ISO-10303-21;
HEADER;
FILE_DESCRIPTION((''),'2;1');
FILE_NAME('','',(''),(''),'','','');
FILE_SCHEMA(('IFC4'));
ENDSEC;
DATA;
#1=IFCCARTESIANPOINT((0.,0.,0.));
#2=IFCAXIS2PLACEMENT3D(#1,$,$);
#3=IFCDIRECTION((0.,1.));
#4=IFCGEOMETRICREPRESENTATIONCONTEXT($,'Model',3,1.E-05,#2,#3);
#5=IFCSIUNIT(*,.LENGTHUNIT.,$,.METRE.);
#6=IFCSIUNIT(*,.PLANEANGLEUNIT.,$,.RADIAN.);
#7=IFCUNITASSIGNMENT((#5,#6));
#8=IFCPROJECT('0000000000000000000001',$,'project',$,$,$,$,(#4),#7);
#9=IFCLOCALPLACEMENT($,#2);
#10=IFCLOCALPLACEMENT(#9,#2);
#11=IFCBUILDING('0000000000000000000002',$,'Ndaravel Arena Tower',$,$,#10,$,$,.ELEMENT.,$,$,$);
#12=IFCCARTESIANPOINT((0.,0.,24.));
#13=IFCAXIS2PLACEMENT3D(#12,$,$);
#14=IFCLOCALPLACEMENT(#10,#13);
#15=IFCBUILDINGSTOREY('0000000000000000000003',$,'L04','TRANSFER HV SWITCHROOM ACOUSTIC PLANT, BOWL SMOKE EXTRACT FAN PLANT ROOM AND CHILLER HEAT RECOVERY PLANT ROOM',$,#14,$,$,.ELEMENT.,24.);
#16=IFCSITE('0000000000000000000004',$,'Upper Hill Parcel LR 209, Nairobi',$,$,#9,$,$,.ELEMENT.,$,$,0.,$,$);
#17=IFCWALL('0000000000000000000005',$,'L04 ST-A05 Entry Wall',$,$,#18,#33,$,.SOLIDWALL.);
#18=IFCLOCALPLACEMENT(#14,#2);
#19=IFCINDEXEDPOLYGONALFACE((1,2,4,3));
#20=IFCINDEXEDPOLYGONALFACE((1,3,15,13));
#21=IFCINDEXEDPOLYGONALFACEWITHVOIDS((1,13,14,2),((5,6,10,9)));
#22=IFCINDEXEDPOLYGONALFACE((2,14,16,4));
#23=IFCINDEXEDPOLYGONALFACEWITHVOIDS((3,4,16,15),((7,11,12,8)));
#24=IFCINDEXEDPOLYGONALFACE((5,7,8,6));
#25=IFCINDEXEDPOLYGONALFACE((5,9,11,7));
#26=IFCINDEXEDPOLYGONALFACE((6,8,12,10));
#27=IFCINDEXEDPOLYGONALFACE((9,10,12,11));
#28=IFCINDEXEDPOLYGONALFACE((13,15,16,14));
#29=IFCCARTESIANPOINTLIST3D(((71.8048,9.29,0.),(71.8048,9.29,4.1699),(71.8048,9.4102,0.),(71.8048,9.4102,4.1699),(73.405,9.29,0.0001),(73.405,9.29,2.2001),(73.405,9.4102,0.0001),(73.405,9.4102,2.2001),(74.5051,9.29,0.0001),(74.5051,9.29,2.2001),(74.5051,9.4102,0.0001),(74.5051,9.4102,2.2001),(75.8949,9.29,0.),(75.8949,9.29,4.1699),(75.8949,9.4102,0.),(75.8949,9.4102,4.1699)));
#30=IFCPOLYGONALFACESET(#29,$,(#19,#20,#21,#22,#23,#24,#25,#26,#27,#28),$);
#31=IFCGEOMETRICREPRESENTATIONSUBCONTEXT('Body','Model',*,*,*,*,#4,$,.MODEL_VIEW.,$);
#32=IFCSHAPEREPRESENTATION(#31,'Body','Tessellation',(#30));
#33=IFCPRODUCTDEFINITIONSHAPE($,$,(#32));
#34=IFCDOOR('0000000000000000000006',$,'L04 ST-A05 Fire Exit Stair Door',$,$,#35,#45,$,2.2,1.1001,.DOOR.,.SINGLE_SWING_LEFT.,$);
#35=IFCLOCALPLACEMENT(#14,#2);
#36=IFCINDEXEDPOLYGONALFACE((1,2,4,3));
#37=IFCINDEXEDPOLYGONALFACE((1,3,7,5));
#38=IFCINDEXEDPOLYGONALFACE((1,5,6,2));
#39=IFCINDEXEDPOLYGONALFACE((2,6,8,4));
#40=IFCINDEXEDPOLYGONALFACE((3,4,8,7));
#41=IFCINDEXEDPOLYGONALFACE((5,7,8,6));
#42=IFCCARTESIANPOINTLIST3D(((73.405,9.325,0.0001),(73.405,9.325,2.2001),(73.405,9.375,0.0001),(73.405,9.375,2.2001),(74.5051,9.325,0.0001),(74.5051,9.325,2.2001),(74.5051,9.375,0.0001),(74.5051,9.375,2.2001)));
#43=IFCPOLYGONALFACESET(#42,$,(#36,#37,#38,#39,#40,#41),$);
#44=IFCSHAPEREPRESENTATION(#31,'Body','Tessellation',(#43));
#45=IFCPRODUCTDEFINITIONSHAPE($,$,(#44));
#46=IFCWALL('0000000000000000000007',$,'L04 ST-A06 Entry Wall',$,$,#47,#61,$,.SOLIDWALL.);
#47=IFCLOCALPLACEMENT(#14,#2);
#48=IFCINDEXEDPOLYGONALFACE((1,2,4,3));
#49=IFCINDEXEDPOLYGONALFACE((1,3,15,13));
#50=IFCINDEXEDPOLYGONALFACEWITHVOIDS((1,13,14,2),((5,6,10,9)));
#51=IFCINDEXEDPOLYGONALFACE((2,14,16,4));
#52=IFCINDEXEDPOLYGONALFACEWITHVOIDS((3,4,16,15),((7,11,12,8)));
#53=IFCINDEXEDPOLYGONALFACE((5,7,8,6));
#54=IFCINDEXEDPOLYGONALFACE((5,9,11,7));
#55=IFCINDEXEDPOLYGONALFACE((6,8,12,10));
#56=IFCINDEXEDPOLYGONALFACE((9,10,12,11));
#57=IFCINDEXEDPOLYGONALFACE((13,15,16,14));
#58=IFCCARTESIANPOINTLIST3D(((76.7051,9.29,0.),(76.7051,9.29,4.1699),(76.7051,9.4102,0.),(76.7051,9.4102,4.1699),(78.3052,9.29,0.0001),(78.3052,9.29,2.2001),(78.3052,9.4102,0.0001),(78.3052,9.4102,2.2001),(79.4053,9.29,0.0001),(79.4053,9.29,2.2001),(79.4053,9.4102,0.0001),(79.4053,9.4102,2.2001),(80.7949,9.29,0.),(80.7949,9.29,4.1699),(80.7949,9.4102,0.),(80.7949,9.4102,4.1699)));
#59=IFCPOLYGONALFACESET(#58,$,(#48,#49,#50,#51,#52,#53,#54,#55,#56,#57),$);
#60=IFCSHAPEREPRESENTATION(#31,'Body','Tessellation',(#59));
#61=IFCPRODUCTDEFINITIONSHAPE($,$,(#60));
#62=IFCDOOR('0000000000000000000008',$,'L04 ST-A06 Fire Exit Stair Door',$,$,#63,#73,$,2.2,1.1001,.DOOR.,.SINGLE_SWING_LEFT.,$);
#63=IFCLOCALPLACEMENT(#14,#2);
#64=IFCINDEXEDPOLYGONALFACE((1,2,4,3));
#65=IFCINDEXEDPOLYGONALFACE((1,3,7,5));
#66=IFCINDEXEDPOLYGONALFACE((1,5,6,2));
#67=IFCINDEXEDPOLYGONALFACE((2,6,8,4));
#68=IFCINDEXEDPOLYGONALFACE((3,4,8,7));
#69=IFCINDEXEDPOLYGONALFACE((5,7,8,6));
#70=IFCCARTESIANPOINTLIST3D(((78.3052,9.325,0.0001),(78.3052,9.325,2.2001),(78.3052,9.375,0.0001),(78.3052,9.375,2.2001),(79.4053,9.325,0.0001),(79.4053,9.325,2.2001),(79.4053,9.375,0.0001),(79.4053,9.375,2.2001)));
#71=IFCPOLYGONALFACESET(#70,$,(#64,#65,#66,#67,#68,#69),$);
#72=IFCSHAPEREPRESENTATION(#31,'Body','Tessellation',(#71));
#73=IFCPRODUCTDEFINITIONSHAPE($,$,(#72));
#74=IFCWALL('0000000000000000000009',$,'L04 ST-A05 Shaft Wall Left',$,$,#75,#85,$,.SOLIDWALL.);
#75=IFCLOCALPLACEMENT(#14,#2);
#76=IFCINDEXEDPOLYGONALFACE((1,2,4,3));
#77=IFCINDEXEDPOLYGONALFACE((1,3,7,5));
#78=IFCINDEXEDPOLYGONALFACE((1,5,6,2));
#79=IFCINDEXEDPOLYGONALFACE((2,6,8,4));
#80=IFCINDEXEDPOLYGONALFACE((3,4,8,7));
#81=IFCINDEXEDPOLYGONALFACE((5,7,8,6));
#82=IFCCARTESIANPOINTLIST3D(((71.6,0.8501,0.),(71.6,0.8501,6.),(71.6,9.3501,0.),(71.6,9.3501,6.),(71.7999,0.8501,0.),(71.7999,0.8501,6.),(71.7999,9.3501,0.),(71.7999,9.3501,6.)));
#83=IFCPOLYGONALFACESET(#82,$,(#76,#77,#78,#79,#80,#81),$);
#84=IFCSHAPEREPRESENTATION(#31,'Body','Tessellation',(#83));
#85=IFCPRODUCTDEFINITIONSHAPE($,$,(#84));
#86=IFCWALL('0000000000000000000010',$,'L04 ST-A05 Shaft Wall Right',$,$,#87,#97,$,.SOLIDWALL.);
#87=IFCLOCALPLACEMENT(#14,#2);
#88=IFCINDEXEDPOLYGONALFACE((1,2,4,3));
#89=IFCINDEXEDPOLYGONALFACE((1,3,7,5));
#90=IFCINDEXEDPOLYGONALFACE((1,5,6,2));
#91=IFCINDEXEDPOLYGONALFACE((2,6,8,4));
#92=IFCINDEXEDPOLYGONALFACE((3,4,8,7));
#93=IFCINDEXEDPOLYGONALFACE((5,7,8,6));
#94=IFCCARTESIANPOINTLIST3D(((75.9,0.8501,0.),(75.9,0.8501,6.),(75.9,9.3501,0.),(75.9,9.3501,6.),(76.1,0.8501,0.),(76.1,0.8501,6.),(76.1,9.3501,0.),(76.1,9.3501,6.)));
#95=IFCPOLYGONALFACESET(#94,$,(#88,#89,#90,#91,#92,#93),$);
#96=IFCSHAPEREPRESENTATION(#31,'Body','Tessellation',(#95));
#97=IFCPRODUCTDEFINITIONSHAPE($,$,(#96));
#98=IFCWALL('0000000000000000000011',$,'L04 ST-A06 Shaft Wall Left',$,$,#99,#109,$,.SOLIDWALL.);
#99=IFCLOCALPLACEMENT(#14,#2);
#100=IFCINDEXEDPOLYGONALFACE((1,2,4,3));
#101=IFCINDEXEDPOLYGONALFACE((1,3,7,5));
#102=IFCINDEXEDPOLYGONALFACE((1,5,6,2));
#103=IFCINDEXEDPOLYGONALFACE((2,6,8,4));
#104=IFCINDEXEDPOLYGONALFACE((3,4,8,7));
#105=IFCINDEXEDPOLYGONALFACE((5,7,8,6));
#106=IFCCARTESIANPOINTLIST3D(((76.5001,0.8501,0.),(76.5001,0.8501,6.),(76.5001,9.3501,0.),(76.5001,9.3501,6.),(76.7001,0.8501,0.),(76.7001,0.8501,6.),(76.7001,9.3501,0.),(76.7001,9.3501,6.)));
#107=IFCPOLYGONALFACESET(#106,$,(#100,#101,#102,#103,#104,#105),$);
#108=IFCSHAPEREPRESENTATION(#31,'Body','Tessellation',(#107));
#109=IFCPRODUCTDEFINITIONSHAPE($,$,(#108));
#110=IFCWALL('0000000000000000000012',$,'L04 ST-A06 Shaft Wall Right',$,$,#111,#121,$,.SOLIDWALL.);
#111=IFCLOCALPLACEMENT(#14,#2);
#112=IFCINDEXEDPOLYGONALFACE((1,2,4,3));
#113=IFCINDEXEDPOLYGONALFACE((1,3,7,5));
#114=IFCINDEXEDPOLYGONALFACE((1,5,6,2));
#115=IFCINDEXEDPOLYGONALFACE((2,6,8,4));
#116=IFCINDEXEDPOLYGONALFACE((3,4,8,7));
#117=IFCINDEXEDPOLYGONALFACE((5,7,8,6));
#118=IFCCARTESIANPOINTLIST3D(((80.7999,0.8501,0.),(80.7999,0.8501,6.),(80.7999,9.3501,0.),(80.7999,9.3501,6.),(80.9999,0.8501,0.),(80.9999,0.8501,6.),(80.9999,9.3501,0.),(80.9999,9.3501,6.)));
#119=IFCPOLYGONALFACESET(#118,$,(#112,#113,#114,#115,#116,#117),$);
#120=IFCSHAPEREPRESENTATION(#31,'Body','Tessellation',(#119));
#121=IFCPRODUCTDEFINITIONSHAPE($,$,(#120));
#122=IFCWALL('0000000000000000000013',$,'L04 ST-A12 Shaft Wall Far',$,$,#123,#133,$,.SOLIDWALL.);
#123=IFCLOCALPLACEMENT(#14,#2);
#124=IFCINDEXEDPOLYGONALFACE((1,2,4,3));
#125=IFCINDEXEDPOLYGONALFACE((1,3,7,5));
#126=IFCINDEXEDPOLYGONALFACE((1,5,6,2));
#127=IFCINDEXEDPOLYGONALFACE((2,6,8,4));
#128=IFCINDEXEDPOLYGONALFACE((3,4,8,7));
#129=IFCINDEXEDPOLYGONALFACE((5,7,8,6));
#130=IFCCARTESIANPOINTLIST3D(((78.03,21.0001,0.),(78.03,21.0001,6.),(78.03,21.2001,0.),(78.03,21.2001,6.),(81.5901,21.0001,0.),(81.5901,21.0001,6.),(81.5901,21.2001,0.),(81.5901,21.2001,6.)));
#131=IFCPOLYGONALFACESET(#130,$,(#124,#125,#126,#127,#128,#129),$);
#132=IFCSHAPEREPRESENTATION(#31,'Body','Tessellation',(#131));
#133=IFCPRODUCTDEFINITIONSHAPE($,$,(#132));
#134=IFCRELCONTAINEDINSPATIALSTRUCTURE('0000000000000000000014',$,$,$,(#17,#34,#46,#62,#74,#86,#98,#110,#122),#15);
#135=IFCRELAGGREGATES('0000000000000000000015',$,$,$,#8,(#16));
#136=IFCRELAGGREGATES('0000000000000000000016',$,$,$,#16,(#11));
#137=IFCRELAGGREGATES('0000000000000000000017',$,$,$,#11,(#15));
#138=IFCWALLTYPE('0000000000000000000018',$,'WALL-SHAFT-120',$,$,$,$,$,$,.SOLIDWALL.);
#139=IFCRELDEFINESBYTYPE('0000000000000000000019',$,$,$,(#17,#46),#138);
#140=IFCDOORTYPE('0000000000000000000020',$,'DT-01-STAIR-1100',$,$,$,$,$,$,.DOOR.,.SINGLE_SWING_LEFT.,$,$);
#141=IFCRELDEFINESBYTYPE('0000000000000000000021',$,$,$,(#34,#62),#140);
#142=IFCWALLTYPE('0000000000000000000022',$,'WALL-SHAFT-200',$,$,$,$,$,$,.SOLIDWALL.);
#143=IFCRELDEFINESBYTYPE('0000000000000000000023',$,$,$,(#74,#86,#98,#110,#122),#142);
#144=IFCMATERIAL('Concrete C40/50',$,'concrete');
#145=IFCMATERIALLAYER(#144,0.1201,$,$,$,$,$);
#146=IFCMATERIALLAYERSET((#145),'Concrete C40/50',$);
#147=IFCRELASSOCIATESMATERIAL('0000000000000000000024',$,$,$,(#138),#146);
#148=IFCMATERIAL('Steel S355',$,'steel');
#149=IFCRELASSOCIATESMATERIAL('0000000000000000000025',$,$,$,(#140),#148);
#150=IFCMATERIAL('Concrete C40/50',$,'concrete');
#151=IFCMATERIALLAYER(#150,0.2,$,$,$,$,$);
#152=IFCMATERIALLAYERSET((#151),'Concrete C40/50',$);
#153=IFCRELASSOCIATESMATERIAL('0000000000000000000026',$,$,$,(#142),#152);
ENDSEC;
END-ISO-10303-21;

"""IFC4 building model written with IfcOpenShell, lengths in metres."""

from ifc_helpers import new_model, si_unit, direction, frame, frame_2d, origin, place, context, subcontext, project, spatial, rectangle, extrude, material, layer, layer_set, type_object, element, fill, save


model = new_model("IFC4")

# Units and contexts
model_context = context("Model", 3, precision=1e-05, world=origin(), true_north=direction((0.0, 1.0)))
body_context = subcontext(model_context, "Body", "Model", "MODEL_VIEW")
ifc_project = project(units=[si_unit("LENGTHUNIT", "METRE"), si_unit("PLANEANGLEUNIT", "RADIAN")], contexts=[model_context])

# Site, building, storey
site_placement = place(None, origin())
site = spatial("IfcSite", under=ifc_project, at=site_placement, Name="Upper Hill Parcel LR 209, Nairobi", CompositionType="ELEMENT", RefElevation=0.0)
building_placement = place(site_placement, origin())
building = spatial("IfcBuilding", under=site, at=building_placement, Name="Ndaravel Arena Tower", CompositionType="ELEMENT")
storey_placement = place(building_placement, frame((0.0, 0.0, 24.0)))
storey = spatial("IfcBuildingStorey", under=building, at=storey_placement, Name="L04", Description="TRANSFER HV SWITCHROOM ACOUSTIC PLANT, BOWL SMOKE EXTRACT FAN PLANT ROOM AND CHILLER HEAT RECOVERY PLANT ROOM", CompositionType="ELEMENT", Elevation=24.0)

# Walls, openings, doors
ifc_material_1 = material(Name="Concrete C40/50", Category="concrete")
ifc_layer_1 = layer(ifc_material_1, 0.1201)
ifc_layer_set_1 = layer_set([ifc_layer_1], Name="Concrete C40/50")
wall_type_1 = type_object("IfcWallType", Name="WALL-SHAFT-120", PredefinedType="SOLIDWALL", material=ifc_layer_set_1)
wall_1_placement = place(storey_placement, frame((71.8049, 9.3501, 0.0), z_axis=(0.0, 0.0, 1.0), x_axis=(1.0, 0.0, 0.0)))
wall_1 = element("IfcWall", 1, at=wall_1_placement, inside=storey, type_object=wall_type_1, Name="L04 ST-A05 Entry Wall", PredefinedType="SOLIDWALL", context=body_context, shape_type="SweptSolid", body=[
    extrude(rectangle(XDim=4.0901, YDim=0.1201, at=frame_2d((2.0449, 0.0))), origin(), (0.0, 0.0, 1.0), 4.1699),
])
opening_1_placement = place(wall_1_placement, frame((1.6001, 0.0, 0.0)))
opening_1 = element("IfcOpeningElement", 2, at=opening_1_placement, cuts=wall_1, PredefinedType="OPENING", context=body_context, shape_type="SweptSolid", body=[
    extrude(rectangle(XDim=1.1001, YDim=2.2, at=frame_2d((0.55, 1.1001))), frame((0.0, 0.0601, 0.0), z_axis=(0.0, -1.0, 0.0), x_axis=(1.0, 0.0, 0.0)), (0.0, 0.0, 1.0), 0.1201),
])
ifc_material_2 = material(Name="Steel S355", Category="steel")
door_type_1 = type_object("IfcDoorType", Name="DT-01-STAIR-1100", OperationType="SINGLE_SWING_LEFT", PredefinedType="DOOR", material=ifc_material_2)
door_1_placement = place(opening_1_placement, origin())
door_1 = element("IfcDoor", 3, at=door_1_placement, inside=storey, type_object=door_type_1, Name="L04 ST-A05 Fire Exit Stair Door", OperationType="SINGLE_SWING_LEFT", OverallHeight=2.2, OverallWidth=1.1001, PredefinedType="DOOR", context=body_context, shape_type="SweptSolid", body=[
    extrude(rectangle(XDim=1.1001, YDim=2.2, at=frame_2d((0.55, 1.1001))), frame((0.0, 0.0249, 0.0), z_axis=(0.0, -1.0, 0.0), x_axis=(1.0, 0.0, 0.0)), (0.0, 0.0, 1.0), 0.05),
])
fill(opening_1, door_1)
wall_2_placement = place(storey_placement, frame((76.7051, 9.3501, 0.0), z_axis=(0.0, 0.0, 1.0), x_axis=(1.0, 0.0, 0.0)))
wall_2 = element("IfcWall", 4, at=wall_2_placement, inside=storey, type_object=wall_type_1, Name="L04 ST-A06 Entry Wall", PredefinedType="SOLIDWALL", context=body_context, shape_type="SweptSolid", body=[
    extrude(rectangle(XDim=4.0898, YDim=0.1201, at=frame_2d((2.0449, 0.0))), origin(), (0.0, 0.0, 1.0), 4.1699),
])
opening_2_placement = place(wall_2_placement, frame((1.6001, 0.0, 0.0)))
opening_2 = element("IfcOpeningElement", 5, at=opening_2_placement, cuts=wall_2, PredefinedType="OPENING", context=body_context, shape_type="SweptSolid", body=[
    extrude(rectangle(XDim=1.1001, YDim=2.2, at=frame_2d((0.55, 1.1001))), frame((0.0, 0.0601, 0.0), z_axis=(0.0, -1.0, 0.0), x_axis=(1.0, 0.0, 0.0)), (0.0, 0.0, 1.0), 0.1201),
])
door_2_placement = place(opening_2_placement, origin())
door_2 = element("IfcDoor", 6, at=door_2_placement, inside=storey, type_object=door_type_1, Name="L04 ST-A06 Fire Exit Stair Door", OperationType="SINGLE_SWING_LEFT", OverallHeight=2.2, OverallWidth=1.1001, PredefinedType="DOOR", context=body_context, shape_type="SweptSolid", body=[
    extrude(rectangle(XDim=1.1001, YDim=2.2, at=frame_2d((0.55, 1.1001))), frame((0.0, 0.0249, 0.0), z_axis=(0.0, -1.0, 0.0), x_axis=(1.0, 0.0, 0.0)), (0.0, 0.0, 1.0), 0.05),
])
fill(opening_2, door_2)

# Walls
ifc_material_3 = material(Name="Concrete C40/50", Category="concrete")
ifc_layer_2 = layer(ifc_material_3, 0.2)
ifc_layer_set_2 = layer_set([ifc_layer_2], Name="Concrete C40/50")
wall_type_2 = type_object("IfcWallType", Name="WALL-SHAFT-200", PredefinedType="SOLIDWALL", material=ifc_layer_set_2)
for number, where, z_axis, x_axis, name in (
    (7, (71.7, 9.3501, 0.0), (0.0, 0.0, 1.0), (0.0, -1.0, 0.0), "L04 ST-A05 Shaft Wall Left"),
    (8, (76.0, 9.3501, 0.0), (0.0, 0.0, 1.0), (0.0, -1.0, 0.0), "L04 ST-A05 Shaft Wall Right"),
    (9, (76.6001, 9.3501, 0.0), (0.0, 0.0, 1.0), (0.0, -1.0, 0.0), "L04 ST-A06 Shaft Wall Left"),
    (10, (80.8999, 9.3501, 0.0), (0.0, 0.0, 1.0), (0.0, -1.0, 0.0), "L04 ST-A06 Shaft Wall Right"),
):
    element("IfcWall", number, at=place(storey_placement, frame(where, z_axis=z_axis, x_axis=x_axis)), inside=storey, type_object=wall_type_2, Name=name, PredefinedType="SOLIDWALL", context=body_context, shape_type="SweptSolid", body=[
        extrude(rectangle(XDim=8.5, YDim=0.2, at=frame_2d((4.25, 0.0))), origin(), (0.0, 0.0, 1.0), 6.0),
    ])
wall_3_placement = place(storey_placement, frame((78.03, 21.1001, 0.0), z_axis=(0.0, 0.0, 1.0), x_axis=(1.0, 0.0, 0.0)))
element("IfcWall", 11, at=wall_3_placement, inside=storey, type_object=wall_type_2, Name="L04 ST-A12 Shaft Wall Far", PredefinedType="SOLIDWALL", context=body_context, shape_type="SweptSolid", body=[
    extrude(rectangle(XDim=3.5601, YDim=0.2, at=frame_2d((1.78, 0.0))), origin(), (0.0, 0.0, 1.0), 6.0),
])

save(model, "model.ifc")
